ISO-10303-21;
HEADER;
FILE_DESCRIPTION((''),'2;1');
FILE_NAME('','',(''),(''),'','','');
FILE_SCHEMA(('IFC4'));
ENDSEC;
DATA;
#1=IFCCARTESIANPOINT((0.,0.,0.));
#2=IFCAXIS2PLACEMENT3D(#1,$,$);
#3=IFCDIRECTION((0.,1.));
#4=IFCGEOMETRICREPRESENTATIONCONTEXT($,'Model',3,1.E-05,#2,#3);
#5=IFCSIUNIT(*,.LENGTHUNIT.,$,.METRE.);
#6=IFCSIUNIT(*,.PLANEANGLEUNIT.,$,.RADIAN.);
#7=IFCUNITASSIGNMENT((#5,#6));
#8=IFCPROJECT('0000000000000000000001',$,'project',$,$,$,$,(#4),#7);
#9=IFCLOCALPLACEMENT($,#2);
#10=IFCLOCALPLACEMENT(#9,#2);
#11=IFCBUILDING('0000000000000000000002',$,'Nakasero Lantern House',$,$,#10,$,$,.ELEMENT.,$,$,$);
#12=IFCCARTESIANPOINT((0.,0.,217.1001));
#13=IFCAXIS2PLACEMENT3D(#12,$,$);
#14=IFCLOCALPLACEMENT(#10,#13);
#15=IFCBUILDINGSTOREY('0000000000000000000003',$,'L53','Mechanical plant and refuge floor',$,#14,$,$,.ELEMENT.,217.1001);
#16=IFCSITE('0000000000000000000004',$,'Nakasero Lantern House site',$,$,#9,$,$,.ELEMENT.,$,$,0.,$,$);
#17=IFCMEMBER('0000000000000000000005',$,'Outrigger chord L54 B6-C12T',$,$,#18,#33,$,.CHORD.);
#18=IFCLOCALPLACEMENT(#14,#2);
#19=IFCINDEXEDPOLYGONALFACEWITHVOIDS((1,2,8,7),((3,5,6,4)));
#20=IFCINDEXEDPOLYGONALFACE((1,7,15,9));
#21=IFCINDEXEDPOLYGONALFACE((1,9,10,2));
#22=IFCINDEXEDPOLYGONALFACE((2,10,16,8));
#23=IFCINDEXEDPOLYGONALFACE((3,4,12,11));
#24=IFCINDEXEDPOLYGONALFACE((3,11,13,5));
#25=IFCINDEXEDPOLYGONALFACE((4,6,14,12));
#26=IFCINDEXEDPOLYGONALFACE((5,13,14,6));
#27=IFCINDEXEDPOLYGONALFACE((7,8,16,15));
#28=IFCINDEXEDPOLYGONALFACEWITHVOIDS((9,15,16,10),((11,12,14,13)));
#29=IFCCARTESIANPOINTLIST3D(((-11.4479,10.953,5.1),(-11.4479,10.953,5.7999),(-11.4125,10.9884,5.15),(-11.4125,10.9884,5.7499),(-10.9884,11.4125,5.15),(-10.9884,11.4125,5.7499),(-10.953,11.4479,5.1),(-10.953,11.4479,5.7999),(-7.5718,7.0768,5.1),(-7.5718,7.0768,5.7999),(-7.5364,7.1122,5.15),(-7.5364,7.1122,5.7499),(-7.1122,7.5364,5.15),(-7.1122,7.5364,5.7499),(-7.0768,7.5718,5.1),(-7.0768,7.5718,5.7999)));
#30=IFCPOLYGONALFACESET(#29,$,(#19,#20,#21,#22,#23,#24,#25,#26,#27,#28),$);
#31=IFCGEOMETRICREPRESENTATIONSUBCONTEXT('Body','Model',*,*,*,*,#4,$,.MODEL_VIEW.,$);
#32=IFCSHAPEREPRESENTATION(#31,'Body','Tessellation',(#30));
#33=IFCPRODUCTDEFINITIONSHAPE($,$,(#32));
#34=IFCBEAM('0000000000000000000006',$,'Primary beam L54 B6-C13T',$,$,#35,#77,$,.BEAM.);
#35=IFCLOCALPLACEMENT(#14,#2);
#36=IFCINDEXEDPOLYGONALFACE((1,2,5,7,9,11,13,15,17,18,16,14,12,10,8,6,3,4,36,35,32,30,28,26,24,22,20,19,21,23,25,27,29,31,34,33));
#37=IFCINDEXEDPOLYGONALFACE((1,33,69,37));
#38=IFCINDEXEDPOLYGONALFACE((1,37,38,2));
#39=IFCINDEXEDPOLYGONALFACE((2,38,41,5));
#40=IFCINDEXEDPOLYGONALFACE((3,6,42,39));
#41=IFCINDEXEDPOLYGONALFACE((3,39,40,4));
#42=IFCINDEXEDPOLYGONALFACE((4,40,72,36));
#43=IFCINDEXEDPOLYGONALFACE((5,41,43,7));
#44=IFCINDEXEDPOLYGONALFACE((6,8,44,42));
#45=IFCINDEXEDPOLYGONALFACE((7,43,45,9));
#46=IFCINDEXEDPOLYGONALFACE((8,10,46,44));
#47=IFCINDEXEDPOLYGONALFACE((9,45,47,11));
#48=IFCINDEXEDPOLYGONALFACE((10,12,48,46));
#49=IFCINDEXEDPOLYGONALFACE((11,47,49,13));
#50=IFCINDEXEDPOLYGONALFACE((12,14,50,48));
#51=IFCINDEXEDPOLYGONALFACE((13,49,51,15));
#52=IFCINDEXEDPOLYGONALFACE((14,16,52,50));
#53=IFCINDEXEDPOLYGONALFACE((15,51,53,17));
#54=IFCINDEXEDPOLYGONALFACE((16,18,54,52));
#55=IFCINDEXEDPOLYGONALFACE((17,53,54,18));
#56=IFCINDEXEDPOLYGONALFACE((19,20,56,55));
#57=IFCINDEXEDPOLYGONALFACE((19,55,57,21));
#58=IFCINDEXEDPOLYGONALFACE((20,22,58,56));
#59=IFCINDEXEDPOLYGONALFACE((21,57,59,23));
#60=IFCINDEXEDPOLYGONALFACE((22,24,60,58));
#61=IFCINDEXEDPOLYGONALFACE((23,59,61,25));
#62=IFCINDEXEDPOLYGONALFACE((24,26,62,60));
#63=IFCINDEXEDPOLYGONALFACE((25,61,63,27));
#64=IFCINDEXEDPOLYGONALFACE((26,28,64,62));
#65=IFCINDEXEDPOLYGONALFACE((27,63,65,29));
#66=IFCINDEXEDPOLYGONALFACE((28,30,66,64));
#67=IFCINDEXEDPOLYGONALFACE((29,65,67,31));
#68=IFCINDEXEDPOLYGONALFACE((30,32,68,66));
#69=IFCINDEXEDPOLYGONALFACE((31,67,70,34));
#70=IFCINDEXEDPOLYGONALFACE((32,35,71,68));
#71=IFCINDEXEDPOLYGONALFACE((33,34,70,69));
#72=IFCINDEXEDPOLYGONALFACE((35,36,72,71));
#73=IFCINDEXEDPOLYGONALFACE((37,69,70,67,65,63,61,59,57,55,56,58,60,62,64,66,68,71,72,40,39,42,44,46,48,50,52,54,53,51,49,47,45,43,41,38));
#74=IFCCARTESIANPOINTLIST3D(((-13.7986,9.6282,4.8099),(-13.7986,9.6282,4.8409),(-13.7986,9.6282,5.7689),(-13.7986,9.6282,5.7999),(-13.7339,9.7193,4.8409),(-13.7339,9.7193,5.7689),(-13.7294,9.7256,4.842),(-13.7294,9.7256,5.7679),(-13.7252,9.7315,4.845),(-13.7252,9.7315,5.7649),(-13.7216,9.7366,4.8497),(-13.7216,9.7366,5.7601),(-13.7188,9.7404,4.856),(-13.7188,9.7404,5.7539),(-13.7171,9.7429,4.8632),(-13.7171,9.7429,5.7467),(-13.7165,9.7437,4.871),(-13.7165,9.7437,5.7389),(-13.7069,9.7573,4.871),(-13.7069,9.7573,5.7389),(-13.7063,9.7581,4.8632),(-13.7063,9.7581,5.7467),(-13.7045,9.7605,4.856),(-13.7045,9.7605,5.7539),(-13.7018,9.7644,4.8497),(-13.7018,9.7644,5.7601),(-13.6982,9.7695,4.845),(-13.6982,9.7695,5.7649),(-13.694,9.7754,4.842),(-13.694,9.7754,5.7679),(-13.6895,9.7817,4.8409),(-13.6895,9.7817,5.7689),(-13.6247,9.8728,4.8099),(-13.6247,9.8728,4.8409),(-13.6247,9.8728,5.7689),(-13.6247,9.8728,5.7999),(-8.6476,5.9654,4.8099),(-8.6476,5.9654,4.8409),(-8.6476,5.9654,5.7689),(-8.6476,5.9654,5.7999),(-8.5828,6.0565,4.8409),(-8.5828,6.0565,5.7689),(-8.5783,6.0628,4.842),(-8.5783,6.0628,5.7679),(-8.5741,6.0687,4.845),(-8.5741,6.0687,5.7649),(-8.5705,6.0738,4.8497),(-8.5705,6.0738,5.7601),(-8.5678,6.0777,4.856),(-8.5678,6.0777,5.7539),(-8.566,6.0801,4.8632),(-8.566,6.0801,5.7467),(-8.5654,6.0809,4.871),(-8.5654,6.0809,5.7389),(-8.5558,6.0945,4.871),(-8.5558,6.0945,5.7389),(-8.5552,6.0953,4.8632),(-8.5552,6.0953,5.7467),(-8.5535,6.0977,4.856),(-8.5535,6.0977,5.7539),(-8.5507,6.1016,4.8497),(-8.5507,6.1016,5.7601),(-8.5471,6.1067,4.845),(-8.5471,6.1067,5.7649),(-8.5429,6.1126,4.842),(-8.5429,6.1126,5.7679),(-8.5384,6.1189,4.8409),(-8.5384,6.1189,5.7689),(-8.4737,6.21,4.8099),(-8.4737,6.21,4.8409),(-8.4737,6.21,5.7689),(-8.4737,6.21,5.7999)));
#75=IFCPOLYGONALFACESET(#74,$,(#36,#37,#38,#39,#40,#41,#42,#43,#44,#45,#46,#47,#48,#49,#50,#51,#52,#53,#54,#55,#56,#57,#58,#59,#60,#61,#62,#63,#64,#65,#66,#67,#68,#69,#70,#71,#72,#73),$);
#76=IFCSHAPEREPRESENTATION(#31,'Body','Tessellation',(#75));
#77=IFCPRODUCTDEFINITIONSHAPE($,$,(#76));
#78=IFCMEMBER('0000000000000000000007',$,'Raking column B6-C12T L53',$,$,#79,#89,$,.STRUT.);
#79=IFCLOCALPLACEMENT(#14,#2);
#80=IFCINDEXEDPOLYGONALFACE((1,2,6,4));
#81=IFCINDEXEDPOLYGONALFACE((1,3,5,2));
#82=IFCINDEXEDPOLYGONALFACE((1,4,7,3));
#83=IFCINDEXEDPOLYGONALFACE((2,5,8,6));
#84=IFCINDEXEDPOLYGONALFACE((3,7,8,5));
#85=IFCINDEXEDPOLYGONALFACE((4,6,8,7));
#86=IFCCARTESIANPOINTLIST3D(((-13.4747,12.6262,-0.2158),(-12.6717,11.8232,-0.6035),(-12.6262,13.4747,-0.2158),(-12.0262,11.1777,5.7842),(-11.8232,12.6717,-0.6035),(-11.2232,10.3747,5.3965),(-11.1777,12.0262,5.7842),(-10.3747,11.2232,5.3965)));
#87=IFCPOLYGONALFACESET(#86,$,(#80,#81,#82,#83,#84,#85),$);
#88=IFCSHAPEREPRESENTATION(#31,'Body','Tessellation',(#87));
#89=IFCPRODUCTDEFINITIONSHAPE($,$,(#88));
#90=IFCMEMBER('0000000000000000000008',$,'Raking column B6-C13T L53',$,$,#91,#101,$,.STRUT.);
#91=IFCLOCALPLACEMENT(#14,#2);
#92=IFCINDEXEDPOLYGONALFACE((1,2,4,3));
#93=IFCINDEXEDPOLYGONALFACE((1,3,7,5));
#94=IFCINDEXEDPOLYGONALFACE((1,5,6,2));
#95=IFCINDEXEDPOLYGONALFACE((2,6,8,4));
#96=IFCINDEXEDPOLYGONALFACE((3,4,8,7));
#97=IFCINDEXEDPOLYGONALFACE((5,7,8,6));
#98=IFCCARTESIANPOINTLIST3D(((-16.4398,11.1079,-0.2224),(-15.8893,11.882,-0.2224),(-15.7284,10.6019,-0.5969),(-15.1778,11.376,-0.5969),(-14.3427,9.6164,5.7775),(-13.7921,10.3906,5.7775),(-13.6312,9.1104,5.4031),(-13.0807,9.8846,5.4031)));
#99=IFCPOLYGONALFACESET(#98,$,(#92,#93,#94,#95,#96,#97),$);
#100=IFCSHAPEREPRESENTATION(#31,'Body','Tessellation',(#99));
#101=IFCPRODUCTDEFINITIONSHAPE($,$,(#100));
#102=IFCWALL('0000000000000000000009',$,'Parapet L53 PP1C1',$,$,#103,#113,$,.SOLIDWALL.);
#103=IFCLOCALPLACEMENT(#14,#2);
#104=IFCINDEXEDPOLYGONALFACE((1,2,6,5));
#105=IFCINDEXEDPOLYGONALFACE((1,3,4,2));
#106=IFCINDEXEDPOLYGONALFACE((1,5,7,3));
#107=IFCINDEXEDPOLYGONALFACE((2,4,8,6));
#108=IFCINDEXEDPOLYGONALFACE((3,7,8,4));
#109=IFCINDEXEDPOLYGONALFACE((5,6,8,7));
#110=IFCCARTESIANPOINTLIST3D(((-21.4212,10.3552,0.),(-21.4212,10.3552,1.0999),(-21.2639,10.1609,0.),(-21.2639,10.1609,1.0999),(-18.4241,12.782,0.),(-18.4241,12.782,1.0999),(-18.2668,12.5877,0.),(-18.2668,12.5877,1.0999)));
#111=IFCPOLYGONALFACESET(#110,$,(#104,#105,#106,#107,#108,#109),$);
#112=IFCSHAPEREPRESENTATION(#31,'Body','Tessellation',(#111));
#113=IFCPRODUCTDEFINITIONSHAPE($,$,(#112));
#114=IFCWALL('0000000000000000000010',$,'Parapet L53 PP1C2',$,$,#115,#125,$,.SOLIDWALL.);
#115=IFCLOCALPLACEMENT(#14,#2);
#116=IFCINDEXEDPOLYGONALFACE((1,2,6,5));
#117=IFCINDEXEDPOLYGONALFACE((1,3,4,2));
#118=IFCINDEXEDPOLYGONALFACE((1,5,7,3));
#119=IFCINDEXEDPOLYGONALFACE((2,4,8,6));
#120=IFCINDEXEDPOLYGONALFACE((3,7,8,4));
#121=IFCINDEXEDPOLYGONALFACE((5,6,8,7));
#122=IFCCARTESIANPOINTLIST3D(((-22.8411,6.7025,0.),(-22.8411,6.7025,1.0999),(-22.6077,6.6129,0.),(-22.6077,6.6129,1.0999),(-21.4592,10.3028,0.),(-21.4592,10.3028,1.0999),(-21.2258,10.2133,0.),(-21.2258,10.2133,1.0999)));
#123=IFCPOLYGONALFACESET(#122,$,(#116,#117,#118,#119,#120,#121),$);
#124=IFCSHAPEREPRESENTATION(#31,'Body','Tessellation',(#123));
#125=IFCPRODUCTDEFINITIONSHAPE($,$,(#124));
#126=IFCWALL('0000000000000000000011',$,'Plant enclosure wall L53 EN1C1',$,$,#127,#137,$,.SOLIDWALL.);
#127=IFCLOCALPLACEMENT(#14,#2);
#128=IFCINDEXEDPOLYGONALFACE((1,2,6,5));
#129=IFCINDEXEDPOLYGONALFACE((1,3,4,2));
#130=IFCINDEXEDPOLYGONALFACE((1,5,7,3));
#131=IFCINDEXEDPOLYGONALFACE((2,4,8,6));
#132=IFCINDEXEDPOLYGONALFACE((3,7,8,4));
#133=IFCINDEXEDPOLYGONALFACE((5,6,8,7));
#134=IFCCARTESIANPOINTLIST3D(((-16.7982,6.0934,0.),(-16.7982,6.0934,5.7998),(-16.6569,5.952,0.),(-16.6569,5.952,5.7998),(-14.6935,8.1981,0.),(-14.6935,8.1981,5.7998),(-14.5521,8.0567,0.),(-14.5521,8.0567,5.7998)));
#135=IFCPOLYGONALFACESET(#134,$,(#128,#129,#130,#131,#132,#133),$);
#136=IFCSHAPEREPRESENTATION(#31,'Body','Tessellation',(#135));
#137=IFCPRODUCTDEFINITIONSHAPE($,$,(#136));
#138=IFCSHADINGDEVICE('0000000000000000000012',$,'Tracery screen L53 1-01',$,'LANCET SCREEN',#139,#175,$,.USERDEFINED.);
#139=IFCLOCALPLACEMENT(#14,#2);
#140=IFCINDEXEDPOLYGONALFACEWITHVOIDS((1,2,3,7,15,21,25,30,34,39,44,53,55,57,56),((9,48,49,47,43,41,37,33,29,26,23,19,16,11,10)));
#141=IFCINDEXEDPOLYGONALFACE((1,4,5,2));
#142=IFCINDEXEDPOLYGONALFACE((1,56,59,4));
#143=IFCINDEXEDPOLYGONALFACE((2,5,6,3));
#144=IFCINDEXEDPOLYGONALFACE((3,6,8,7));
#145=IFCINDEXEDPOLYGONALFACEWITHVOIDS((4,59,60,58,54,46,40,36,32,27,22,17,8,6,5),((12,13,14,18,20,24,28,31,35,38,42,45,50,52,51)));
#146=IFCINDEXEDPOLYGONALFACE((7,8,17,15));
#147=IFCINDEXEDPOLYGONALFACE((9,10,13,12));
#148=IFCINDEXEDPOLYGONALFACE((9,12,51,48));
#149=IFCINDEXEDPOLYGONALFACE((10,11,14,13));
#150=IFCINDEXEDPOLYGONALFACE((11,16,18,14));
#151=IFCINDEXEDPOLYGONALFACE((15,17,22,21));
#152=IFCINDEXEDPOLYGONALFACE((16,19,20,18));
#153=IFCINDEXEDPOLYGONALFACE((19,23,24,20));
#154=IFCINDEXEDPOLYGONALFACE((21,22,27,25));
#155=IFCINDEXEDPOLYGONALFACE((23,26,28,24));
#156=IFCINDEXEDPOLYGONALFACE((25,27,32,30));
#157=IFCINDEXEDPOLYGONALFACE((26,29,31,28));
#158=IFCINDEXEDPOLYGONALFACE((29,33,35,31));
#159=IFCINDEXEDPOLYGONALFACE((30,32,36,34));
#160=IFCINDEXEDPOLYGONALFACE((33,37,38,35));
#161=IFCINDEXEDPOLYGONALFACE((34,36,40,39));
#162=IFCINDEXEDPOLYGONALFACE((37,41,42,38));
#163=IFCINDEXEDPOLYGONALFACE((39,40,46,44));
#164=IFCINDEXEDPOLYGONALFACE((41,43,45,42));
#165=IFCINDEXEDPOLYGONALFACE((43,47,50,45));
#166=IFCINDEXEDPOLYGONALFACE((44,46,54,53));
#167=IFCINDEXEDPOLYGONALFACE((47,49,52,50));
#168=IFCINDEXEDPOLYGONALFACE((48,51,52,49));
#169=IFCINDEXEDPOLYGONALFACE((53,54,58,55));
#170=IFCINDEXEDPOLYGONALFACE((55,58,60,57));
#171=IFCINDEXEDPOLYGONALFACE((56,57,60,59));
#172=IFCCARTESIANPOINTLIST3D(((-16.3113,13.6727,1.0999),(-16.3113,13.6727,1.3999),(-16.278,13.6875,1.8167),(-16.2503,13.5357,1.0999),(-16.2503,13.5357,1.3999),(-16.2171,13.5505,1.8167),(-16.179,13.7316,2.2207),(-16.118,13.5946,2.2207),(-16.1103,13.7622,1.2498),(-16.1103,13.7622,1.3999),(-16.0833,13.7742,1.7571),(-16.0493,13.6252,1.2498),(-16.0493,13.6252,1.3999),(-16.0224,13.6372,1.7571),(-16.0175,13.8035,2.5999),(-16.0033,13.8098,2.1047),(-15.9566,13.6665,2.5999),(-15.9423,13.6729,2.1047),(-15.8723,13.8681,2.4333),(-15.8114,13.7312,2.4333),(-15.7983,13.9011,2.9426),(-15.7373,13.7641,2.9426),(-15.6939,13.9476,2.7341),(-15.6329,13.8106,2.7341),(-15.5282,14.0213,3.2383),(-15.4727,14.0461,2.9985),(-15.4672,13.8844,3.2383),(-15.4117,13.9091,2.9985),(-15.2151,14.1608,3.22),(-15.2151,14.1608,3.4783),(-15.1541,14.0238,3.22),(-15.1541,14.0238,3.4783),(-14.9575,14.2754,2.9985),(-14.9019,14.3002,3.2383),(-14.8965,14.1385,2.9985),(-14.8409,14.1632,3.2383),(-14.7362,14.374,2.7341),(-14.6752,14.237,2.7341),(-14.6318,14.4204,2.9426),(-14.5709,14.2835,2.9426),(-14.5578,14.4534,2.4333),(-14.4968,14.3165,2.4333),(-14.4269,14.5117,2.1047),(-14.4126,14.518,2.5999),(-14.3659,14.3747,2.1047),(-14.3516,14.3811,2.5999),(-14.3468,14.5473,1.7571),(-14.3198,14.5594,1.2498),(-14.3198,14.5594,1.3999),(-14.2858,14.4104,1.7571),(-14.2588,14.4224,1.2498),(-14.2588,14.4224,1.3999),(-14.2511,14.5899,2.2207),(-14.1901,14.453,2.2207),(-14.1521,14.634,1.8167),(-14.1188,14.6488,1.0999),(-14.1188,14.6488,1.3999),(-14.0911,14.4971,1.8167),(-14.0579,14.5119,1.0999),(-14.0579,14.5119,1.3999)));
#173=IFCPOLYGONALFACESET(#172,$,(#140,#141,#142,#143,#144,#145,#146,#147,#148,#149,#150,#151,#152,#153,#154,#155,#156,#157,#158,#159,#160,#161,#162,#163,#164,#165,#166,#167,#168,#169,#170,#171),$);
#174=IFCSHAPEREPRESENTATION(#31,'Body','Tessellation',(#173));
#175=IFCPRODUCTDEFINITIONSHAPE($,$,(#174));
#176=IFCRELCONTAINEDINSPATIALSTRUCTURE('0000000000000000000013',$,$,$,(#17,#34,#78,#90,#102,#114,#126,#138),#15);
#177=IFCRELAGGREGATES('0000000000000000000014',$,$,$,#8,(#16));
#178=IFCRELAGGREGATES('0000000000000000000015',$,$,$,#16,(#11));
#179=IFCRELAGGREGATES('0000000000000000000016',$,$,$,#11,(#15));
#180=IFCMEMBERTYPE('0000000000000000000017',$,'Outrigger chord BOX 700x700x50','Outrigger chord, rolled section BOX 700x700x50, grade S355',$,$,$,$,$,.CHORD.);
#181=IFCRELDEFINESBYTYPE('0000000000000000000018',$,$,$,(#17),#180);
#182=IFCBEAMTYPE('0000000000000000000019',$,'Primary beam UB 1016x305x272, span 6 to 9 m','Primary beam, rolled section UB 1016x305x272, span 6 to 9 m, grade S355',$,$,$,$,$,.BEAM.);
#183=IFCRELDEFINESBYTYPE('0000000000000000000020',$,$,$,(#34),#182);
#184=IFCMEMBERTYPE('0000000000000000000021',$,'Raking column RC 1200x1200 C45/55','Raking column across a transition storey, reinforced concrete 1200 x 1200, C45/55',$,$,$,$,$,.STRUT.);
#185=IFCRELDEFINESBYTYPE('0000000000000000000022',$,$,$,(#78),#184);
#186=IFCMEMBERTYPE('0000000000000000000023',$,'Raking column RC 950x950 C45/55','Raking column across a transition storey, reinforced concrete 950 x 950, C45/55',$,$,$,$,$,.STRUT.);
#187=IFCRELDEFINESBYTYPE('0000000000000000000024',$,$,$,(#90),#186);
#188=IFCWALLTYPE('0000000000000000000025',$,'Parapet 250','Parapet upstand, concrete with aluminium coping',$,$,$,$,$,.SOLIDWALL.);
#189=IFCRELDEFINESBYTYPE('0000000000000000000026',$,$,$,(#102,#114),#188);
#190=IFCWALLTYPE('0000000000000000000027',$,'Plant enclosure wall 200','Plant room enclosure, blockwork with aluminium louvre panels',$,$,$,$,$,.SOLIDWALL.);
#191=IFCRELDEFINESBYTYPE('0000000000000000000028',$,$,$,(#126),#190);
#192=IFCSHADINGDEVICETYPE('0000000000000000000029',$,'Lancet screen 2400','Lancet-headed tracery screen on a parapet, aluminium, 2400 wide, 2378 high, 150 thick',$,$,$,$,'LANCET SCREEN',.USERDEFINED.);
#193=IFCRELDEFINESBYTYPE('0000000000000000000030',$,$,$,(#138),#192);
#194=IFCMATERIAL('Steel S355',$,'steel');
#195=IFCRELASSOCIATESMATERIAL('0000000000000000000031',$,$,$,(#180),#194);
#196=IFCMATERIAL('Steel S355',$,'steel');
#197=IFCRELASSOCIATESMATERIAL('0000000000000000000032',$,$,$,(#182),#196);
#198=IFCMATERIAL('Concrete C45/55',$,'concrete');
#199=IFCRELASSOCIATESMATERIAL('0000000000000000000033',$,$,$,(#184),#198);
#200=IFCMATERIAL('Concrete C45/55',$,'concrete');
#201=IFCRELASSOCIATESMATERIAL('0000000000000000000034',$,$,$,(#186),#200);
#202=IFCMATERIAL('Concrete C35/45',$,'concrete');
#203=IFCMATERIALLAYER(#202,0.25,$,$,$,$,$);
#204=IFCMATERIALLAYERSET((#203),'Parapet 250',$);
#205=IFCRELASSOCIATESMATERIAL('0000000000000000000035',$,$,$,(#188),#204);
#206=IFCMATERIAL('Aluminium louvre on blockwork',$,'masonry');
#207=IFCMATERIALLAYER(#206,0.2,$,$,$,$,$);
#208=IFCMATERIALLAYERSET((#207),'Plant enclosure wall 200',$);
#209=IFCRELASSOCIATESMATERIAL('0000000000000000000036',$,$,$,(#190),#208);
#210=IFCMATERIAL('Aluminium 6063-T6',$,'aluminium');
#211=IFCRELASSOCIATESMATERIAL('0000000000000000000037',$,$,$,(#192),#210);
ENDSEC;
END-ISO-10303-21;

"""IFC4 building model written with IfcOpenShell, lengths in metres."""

from ifc_helpers import new_model, si_unit, direction, frame, frame_2d, origin, origin_2d, place, context, subcontext, project, spatial, polyline, rectangle, hollow_rectangle, i_section, outline, extrude, material, layer, layer_set, material_profile, profile_set, type_object, element, save


model = new_model("IFC4")

# Units and contexts
model_context = context("Model", 3, precision=1e-05, world=origin(), true_north=direction((0.0, 1.0)))
body_context = subcontext(model_context, "Body", "Model", "MODEL_VIEW")
ifc_project = project(units=[si_unit("LENGTHUNIT", "METRE"), si_unit("PLANEANGLEUNIT", "RADIAN")], contexts=[model_context])

# Site, building, storey
site_placement = place(None, origin())
site = spatial("IfcSite", under=ifc_project, at=site_placement, Name="Nakasero Lantern House site", CompositionType="ELEMENT", RefElevation=0.0)
building_placement = place(site_placement, origin())
building = spatial("IfcBuilding", under=site, at=building_placement, Name="Nakasero Lantern House", CompositionType="ELEMENT")
storey_placement = place(building_placement, frame((0.0, 0.0, 217.1001)))
storey = spatial("IfcBuildingStorey", under=building, at=storey_placement, Name="L53", Description="Mechanical plant and refuge floor", CompositionType="ELEMENT", Elevation=217.1001)

# Member
ifc_material_1 = material(Name="Steel S355", Category="steel")
ifc_material_profile_1 = material_profile(ifc_material_1, hollow_rectangle(XDim=0.7, YDim=0.7, WallThickness=0.05, at=origin_2d()), Name="BOX 700x700x50")
ifc_profile_set_1 = profile_set([ifc_material_profile_1], Name="Steel S355")
member_type_1 = type_object("IfcMemberType", Name="Outrigger chord BOX 700x700x50", Description="Outrigger chord, rolled section BOX 700x700x50, grade S355", PredefinedType="CHORD", material=ifc_profile_set_1)
member_1_placement = place(storey_placement, frame((-11.2004, 11.2004, 5.45), z_axis=(0.707107, -0.707107, 0.0), x_axis=(0.707107, 0.707107, 0.0)))
element("IfcMember", 1, at=member_1_placement, inside=storey, type_object=member_type_1, Name="Outrigger chord L54 B6-C12T", PredefinedType="CHORD", context=body_context, shape_type="SweptSolid", body=[
    extrude(hollow_rectangle(XDim=0.7, YDim=0.7, WallThickness=0.05, at=origin_2d()), origin(), (0.0, 0.0, 1.0), 5.4817),
])

# Beam
ifc_material_2 = material(Name="Steel S355", Category="steel")
ifc_material_profile_2 = material_profile(ifc_material_2, i_section(OverallWidth=0.3, OverallDepth=0.99, WebThickness=0.0166, FlangeThickness=0.031, FilletRadius=0.03, at=origin_2d()), Name="UB 1016x305x272")
ifc_profile_set_2 = profile_set([ifc_material_profile_2], Name="Steel S355")
beam_type = type_object("IfcBeamType", Name="Primary beam UB 1016x305x272, span 6 to 9 m", Description="Primary beam, rolled section UB 1016x305x272, span 6 to 9 m, grade S355", PredefinedType="BEAM", material=ifc_profile_set_2)
beam_placement = place(storey_placement, frame((-13.7117, 9.7505, 5.3049), z_axis=(0.814969, -0.579505, 0.0), x_axis=(0.579505, 0.814969, 0.0)))
element("IfcBeam", 2, at=beam_placement, inside=storey, type_object=beam_type, Name="Primary beam L54 B6-C13T", PredefinedType="BEAM", context=body_context, shape_type="SweptSolid", body=[
    extrude(i_section(OverallWidth=0.3, OverallDepth=0.99, WebThickness=0.0166, FlangeThickness=0.031, FilletRadius=0.03, at=origin_2d()), origin(), (0.0, 0.0, 1.0), 6.3206),
])

# Members
ifc_material_3 = material(Name="Concrete C45/55", Category="concrete")
ifc_material_profile_3 = material_profile(ifc_material_3, rectangle(XDim=1.2, YDim=1.2, at=origin_2d()), Name="RC 1200x1200")
ifc_profile_set_3 = profile_set([ifc_material_profile_3], Name="Concrete C45/55")
member_type_2 = type_object("IfcMemberType", Name="Raking column RC 1200x1200 C45/55", Description="Raking column across a transition storey, reinforced concrete 1200 x 1200, C45/55", PredefinedType="STRUT", material=ifc_profile_set_3)
member_2_placement = place(storey_placement, frame((-12.6489, 12.6489, -0.4097), z_axis=(0.228466, -0.228466, 0.946365), x_axis=(0.707107, 0.707107, 0.0)))
element("IfcMember", 3, at=member_2_placement, inside=storey, type_object=member_type_2, Name="Raking column B6-C12T L53", PredefinedType="STRUT", context=body_context, shape_type="SweptSolid", body=[
    extrude(rectangle(XDim=1.2, YDim=1.2, at=origin_2d()), origin(), (0.0, 0.0, 1.0), 6.3401),
])
ifc_material_4 = material(Name="Concrete C45/55", Category="concrete")
ifc_material_profile_4 = material_profile(ifc_material_4, rectangle(XDim=0.95, YDim=0.95, at=origin_2d()), Name="RC 950x950")
ifc_profile_set_4 = profile_set([ifc_material_profile_4], Name="Concrete C45/55")
member_type_3 = type_object("IfcMemberType", Name="Raking column RC 950x950 C45/55", Description="Raking column across a transition storey, reinforced concrete 950 x 950, C45/55", PredefinedType="STRUT", material=ifc_profile_set_4)
member_3_placement = place(storey_placement, frame((-15.8088, 11.2419, -0.4097), z_axis=(0.321228, -0.22845, 0.919034), x_axis=(0.579559, 0.81493, 0.0)))
element("IfcMember", 4, at=member_3_placement, inside=storey, type_object=member_type_3, Name="Raking column B6-C13T L53", PredefinedType="STRUT", context=body_context, shape_type="SweptSolid", body=[
    extrude(rectangle(XDim=0.95, YDim=0.95, at=origin_2d()), origin(), (0.0, 0.0, 1.0), 6.5286),
])

# Walls
ifc_material_5 = material(Name="Concrete C35/45", Category="concrete")
ifc_layer_1 = layer(ifc_material_5, 0.25)
ifc_layer_set_1 = layer_set([ifc_layer_1], Name="Parapet 250")
wall_type_1 = type_object("IfcWallType", Name="Parapet 250", Description="Parapet upstand, concrete with aluminium coping", PredefinedType="SOLIDWALL", material=ifc_layer_set_1)
for number, where, z_axis, x_axis, name in (
    (5, (-18.3455, 12.6848, 0.0), (0.0, 0.0, 1.0), (-0.777174, -0.629286, 0.0), "Parapet L53 PP1C1"),
    (6, (-21.3425, 10.2581, 0.0), (0.0, 0.0, 1.0), (-0.358321, -0.933598, 0.0), "Parapet L53 PP1C2"),
):
    element("IfcWall", number, at=place(storey_placement, frame(where, z_axis=z_axis, x_axis=x_axis)), inside=storey, type_object=wall_type_1, Name=name, PredefinedType="SOLIDWALL", context=body_context, shape_type="SweptSolid", body=[
        extrude(rectangle(XDim=3.8564, YDim=0.25, at=frame_2d((1.9282, 0.0))), origin(), (0.0, 0.0, 1.0), 1.0999),
    ])
ifc_material_6 = material(Name="Aluminium louvre on blockwork", Category="masonry")
ifc_layer_2 = layer(ifc_material_6, 0.2)
ifc_layer_set_2 = layer_set([ifc_layer_2], Name="Plant enclosure wall 200")
wall_type_2 = type_object("IfcWallType", Name="Plant enclosure wall 200", Description="Plant room enclosure, blockwork with aluminium louvre panels", PredefinedType="SOLIDWALL", material=ifc_layer_set_2)
wall_placement = place(storey_placement, frame((-14.6228, 8.1274, 0.0), z_axis=(0.0, 0.0, 1.0), x_axis=(-0.707107, -0.707107, 0.0)))
element("IfcWall", 7, at=wall_placement, inside=storey, type_object=wall_type_2, Name="Plant enclosure wall L53 EN1C1", PredefinedType="SOLIDWALL", context=body_context, shape_type="SweptSolid", body=[
    extrude(rectangle(XDim=2.9766, YDim=0.2, at=frame_2d((1.4883, 0.0))), origin(), (0.0, 0.0, 1.0), 5.7998),
])

# Shading device
ifc_material_7 = material(Name="Aluminium 6063-T6", Category="aluminium")
shading_device_type = type_object("IfcShadingDeviceType", Name="Lancet screen 2400", Description="Lancet-headed tracery screen on a parapet, aluminium, 2400 wide, 2378 high, 150 thick", ElementType="LANCET SCREEN", PredefinedType="USERDEFINED", material=ifc_material_7)
shading_device_placement = place(storey_placement, frame((-15.1846, 14.0923, 1.0999), z_axis=(0.0, 0.0, 1.0), x_axis=(-0.913545, -0.406737, 0.0)))
element("IfcShadingDevice", 8, at=shading_device_placement, inside=storey, type_object=shading_device_type, Name="Tracery screen L53 1-01", ObjectType="LANCET SCREEN", PredefinedType="USERDEFINED", context=body_context, shape_type="SweptSolid", body=[
    extrude(outline(polyline([(-1.2, 0.0), (1.2, 0.0), (1.2, 0.3), (1.1636, 0.7168), (1.0552, 1.1208), (0.8784, 1.5), (0.6384, 1.8428), (0.3428, 2.1384), (0.0, 2.3784), (-0.3428, 2.1384), (-0.6384, 1.8428), (-0.8784, 1.5), (-1.0552, 1.1208), (-1.1636, 0.7168), (-1.2, 0.3), (-1.2, 0.0)]), holes=[polyline([(-0.98, 0.1499), (0.98, 0.1499), (0.98, 0.3), (0.9504, 0.6572), (0.8628, 1.0049), (0.7195, 1.3335), (0.5242, 1.6343), (0.282, 1.8987), (0.0, 2.1201), (-0.282, 1.8987), (-0.5242, 1.6343), (-0.7195, 1.3335), (-0.8628, 1.0049), (-0.9504, 0.6572), (-0.98, 0.3), (-0.98, 0.1499)])]), frame((0.0, 0.075, 0.0), z_axis=(0.0, -1.0, 0.0), x_axis=(1.0, 0.0, 0.0)), (0.0, 0.0, 1.0), 0.1499),
])

save(model, "model.ifc")
